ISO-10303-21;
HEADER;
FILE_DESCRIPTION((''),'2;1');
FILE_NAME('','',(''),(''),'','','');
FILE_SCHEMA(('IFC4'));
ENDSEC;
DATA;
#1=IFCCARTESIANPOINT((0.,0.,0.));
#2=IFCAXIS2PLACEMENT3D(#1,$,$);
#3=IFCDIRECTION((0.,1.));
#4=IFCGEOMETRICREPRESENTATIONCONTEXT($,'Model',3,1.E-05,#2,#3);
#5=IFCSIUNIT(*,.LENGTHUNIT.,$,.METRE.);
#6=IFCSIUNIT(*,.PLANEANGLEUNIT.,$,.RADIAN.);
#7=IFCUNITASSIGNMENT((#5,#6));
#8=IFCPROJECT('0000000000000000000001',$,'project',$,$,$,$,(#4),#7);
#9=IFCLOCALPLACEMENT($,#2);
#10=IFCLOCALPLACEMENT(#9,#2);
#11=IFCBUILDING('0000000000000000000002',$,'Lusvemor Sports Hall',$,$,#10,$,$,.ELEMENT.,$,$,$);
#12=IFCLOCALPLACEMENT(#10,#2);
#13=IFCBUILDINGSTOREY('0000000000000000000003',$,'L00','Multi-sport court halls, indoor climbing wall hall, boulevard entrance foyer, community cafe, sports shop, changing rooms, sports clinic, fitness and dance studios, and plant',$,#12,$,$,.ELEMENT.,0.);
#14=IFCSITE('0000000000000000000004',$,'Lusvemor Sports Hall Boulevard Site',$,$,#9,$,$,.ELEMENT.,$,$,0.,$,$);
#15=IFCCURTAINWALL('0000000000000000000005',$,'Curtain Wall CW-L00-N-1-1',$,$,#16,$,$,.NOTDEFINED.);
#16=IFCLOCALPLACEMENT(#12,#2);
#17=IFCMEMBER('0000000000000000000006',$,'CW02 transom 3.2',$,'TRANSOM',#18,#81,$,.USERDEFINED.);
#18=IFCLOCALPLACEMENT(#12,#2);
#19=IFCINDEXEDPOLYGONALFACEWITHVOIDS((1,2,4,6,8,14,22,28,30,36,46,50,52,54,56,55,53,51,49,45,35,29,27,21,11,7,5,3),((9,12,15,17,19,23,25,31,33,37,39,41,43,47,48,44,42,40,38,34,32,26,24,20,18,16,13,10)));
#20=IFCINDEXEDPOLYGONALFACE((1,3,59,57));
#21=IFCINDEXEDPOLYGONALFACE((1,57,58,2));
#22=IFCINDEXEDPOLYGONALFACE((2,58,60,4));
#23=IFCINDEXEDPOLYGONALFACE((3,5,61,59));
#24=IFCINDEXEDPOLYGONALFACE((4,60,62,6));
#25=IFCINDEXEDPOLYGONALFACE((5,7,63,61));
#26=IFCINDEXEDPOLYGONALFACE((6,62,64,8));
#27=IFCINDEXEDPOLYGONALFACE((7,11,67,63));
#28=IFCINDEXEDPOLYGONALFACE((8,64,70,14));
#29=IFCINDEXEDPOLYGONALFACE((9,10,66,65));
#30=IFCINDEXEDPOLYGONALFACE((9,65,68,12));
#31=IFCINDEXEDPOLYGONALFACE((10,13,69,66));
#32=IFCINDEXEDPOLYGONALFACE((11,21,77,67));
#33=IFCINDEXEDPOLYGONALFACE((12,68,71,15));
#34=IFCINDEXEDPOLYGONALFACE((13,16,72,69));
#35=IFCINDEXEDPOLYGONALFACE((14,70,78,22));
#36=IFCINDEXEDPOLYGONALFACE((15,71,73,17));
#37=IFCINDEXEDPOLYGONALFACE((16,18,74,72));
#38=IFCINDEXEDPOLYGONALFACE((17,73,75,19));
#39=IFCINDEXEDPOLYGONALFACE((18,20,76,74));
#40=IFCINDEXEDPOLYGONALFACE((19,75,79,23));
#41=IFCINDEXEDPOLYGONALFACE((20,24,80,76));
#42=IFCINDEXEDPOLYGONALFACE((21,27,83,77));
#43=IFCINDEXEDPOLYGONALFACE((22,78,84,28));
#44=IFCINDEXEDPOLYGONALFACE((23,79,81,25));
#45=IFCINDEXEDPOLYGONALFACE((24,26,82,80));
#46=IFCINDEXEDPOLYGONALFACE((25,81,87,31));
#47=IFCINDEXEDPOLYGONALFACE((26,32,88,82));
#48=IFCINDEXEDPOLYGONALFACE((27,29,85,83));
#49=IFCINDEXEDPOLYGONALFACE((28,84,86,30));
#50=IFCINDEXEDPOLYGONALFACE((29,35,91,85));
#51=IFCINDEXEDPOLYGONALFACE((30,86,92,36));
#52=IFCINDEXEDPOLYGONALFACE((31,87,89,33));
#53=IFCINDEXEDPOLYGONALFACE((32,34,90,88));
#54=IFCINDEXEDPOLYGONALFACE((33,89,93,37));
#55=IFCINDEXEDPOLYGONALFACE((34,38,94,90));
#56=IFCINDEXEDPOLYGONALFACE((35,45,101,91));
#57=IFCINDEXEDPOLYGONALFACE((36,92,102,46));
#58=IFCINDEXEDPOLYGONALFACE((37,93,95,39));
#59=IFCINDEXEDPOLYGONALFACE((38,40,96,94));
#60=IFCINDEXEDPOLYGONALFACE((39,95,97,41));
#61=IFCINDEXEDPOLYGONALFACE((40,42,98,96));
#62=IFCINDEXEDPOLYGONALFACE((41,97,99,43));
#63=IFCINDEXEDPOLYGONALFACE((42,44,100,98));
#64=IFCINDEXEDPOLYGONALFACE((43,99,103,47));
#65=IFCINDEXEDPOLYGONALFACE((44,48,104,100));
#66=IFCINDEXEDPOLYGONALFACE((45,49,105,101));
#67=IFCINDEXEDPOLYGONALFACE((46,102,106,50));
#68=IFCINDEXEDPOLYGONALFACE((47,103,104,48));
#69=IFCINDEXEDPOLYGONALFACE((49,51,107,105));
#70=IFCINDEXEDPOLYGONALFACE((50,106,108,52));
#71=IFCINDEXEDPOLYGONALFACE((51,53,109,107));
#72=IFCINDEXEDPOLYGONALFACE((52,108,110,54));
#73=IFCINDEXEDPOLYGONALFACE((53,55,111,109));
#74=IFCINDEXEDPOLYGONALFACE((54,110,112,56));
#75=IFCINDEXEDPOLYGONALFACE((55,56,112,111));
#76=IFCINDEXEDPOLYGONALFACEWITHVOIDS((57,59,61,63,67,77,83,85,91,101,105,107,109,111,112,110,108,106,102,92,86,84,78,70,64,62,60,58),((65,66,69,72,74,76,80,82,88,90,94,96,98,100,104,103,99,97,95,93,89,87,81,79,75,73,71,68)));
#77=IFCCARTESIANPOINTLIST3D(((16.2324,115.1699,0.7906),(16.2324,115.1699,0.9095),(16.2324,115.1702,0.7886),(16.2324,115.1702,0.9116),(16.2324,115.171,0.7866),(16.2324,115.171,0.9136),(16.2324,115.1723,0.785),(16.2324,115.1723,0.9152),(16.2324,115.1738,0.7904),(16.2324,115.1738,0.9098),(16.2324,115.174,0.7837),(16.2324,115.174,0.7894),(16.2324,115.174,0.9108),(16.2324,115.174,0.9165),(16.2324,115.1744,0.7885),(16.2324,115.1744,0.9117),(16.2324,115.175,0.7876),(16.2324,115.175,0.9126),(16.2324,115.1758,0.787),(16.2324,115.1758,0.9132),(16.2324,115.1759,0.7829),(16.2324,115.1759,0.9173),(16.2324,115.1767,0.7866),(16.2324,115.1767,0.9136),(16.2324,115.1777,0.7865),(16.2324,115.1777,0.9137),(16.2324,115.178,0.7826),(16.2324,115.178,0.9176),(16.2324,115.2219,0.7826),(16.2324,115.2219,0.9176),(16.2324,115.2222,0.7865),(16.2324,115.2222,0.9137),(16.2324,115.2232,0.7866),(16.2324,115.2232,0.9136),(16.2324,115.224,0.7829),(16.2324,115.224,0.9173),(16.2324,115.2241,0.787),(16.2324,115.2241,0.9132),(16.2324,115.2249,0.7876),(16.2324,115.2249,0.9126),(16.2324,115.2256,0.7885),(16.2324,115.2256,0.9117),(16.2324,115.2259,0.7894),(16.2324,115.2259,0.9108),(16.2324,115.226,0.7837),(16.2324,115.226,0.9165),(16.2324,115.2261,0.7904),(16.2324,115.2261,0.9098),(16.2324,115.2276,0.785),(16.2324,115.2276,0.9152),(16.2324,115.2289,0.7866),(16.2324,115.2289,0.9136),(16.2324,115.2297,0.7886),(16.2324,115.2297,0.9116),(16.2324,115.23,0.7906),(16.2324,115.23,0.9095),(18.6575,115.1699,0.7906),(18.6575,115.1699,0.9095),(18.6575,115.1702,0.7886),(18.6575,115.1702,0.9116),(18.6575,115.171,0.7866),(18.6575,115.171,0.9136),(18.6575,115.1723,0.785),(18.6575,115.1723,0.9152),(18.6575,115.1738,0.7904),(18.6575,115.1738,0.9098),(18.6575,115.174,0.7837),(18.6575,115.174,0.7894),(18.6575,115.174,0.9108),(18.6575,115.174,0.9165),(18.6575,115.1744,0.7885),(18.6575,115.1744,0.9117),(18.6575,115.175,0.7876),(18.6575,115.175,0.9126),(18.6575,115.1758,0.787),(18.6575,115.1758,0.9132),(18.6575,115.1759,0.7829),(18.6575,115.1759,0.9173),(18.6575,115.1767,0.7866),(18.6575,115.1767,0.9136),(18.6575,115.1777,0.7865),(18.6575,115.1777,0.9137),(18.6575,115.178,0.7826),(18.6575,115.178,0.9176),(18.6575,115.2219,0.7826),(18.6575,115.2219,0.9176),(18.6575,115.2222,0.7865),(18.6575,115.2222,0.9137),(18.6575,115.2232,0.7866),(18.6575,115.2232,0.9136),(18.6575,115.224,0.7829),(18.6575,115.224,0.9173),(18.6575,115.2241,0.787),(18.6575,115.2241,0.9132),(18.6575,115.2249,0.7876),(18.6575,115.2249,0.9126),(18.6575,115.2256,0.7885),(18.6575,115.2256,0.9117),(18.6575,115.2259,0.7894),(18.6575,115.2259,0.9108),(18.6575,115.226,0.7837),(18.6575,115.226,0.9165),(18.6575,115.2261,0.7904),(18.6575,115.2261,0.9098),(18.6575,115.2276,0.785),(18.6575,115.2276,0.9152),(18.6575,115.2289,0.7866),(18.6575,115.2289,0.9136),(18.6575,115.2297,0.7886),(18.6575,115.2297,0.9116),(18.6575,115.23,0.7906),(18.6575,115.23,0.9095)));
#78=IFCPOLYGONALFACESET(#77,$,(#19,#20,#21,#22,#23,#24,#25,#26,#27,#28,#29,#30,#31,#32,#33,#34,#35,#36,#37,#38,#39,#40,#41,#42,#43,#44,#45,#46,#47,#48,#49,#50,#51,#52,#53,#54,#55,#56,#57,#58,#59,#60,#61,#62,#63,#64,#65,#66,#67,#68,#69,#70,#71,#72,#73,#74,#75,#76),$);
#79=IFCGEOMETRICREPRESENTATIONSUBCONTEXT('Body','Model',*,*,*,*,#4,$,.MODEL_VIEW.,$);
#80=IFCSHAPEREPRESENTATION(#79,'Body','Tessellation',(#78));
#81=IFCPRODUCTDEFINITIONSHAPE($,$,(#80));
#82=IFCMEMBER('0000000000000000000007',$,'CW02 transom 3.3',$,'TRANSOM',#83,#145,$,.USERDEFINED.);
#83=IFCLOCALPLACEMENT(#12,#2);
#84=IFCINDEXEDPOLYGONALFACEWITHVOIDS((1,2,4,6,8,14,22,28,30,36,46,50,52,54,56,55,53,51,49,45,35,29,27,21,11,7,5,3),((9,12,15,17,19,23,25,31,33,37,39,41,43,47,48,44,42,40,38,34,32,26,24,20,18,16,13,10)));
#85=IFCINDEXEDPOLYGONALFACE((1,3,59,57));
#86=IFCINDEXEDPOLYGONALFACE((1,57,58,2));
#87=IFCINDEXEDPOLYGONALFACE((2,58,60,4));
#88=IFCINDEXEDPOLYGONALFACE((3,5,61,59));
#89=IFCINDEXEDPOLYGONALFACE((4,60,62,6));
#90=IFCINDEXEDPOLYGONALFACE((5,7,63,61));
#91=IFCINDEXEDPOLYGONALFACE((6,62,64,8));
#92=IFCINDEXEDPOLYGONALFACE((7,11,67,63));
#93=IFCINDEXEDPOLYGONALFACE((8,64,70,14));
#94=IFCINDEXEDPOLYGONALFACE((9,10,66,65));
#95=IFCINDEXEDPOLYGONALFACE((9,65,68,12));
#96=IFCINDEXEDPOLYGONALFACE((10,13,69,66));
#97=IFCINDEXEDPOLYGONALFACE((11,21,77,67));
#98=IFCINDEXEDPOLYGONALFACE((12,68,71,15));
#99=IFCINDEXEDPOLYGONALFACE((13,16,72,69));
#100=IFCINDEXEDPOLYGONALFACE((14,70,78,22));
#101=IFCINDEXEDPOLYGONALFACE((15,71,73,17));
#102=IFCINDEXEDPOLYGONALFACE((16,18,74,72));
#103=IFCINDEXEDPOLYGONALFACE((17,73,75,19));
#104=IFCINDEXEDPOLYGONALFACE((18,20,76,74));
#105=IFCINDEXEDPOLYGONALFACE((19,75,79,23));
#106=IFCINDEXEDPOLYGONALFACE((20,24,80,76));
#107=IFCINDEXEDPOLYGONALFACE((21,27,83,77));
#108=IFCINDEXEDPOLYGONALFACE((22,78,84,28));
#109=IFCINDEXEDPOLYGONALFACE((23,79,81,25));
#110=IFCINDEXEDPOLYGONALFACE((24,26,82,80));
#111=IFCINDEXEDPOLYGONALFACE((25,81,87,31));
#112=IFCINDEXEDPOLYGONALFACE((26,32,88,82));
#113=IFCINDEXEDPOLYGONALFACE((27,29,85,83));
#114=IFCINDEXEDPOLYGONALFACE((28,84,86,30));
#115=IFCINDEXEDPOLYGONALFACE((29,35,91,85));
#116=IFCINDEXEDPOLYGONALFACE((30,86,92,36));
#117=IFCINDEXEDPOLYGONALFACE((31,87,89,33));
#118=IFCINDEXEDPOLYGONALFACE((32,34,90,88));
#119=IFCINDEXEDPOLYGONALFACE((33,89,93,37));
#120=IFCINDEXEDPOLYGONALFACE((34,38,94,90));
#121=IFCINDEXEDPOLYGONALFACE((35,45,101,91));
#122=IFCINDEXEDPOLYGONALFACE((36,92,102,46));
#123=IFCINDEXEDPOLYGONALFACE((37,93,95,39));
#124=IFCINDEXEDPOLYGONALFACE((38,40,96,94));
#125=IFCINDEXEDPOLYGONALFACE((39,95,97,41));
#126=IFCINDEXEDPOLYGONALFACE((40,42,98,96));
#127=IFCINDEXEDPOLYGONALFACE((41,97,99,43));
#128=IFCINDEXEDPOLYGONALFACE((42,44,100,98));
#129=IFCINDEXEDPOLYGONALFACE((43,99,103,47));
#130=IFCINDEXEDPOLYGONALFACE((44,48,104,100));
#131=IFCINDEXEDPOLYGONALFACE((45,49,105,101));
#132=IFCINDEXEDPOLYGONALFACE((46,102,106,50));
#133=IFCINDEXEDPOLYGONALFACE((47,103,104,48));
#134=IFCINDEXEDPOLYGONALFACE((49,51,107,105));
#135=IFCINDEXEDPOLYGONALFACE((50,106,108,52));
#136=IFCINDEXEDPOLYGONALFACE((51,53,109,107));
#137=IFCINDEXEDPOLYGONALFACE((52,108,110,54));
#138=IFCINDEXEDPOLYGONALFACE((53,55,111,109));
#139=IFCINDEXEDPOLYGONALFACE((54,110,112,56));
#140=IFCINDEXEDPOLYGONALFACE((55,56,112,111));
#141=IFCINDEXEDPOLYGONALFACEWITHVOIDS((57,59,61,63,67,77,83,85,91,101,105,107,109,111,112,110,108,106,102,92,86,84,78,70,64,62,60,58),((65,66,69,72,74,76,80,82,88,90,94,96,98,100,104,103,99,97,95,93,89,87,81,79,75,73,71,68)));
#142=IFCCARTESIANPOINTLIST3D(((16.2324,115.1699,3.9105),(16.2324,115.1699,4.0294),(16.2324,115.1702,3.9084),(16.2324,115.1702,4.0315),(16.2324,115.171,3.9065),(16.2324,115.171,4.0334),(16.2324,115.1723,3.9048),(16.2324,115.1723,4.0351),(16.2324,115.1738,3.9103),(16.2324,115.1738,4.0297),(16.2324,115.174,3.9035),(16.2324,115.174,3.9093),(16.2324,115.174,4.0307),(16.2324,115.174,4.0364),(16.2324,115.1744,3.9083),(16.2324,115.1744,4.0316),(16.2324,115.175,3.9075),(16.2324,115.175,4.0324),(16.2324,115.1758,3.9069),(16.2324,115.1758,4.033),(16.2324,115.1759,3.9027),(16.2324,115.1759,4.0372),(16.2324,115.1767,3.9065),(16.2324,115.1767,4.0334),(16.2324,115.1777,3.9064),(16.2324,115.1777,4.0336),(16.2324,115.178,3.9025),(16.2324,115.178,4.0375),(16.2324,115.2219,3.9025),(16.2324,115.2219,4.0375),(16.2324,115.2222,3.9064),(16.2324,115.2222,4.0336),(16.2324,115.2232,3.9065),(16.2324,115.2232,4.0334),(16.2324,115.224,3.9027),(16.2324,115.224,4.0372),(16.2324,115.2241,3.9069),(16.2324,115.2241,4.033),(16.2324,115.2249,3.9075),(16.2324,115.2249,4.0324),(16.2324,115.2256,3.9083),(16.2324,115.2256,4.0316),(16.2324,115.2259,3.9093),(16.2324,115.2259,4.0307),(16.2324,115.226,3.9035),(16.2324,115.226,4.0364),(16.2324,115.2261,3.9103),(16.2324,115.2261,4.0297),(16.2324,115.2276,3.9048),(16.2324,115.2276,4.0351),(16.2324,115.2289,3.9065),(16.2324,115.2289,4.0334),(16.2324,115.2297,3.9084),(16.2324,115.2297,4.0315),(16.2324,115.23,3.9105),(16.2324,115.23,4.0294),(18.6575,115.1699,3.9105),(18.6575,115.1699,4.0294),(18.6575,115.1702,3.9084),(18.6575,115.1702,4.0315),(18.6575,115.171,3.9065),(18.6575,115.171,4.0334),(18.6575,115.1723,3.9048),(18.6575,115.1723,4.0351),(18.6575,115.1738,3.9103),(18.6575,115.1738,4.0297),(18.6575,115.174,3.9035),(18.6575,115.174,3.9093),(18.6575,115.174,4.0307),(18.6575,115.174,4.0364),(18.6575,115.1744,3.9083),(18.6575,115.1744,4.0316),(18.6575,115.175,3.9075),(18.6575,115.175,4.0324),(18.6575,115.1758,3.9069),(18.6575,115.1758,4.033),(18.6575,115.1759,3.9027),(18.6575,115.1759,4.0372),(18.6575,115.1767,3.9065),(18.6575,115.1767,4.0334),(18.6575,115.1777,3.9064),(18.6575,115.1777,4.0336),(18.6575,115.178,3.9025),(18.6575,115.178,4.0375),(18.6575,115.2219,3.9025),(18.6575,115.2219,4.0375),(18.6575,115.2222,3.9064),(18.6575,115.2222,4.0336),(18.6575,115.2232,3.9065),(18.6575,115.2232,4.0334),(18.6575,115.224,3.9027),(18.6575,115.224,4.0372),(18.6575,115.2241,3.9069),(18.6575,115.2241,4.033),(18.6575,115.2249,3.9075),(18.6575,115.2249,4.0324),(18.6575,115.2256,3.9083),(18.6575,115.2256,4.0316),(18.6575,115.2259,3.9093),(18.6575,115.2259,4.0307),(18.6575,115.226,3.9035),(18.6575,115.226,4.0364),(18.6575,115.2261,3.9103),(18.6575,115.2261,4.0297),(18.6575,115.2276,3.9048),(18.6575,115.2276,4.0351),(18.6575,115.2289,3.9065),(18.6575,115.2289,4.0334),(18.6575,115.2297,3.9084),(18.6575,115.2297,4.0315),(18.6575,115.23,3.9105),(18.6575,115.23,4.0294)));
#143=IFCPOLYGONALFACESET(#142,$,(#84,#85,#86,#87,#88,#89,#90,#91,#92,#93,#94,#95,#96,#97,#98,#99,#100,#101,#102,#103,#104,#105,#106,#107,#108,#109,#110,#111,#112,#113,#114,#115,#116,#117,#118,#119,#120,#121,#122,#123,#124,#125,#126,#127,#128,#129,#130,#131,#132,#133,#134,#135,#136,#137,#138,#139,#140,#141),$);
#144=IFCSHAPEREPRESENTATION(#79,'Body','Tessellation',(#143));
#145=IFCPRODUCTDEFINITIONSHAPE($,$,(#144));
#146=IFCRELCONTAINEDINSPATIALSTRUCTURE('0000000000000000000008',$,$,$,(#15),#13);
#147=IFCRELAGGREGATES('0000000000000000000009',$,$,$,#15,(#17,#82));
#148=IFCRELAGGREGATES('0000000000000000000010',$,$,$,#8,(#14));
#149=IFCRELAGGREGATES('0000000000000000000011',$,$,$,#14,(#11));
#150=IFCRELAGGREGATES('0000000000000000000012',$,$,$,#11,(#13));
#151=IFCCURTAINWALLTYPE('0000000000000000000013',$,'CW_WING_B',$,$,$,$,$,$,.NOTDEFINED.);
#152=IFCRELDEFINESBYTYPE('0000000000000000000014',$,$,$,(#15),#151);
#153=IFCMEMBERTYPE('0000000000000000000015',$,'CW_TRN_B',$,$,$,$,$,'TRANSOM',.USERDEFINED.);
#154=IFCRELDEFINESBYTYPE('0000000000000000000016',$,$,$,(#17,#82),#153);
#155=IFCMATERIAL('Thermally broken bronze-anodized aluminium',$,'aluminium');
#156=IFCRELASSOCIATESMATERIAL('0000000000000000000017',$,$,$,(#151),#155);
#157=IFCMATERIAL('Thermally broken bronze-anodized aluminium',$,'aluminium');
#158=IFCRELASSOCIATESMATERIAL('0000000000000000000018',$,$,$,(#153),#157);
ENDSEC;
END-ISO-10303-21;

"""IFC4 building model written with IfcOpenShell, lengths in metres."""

from ifc_helpers import new_model, si_unit, direction, frame, origin, origin_2d, place, context, subcontext, project, spatial, hollow_rectangle, extrude, material, material_profile, profile_set, type_object, element, aggregate, save


model = new_model("IFC4")

# Units and contexts
model_context = context("Model", 3, precision=1e-05, world=origin(), true_north=direction((0.0, 1.0)))
body_context = subcontext(model_context, "Body", "Model", "MODEL_VIEW")
ifc_project = project(units=[si_unit("LENGTHUNIT", "METRE"), si_unit("PLANEANGLEUNIT", "RADIAN")], contexts=[model_context])

# Site, building, storey
site_placement = place(None, origin())
site = spatial("IfcSite", under=ifc_project, at=site_placement, Name="Lusvemor Sports Hall Boulevard Site", CompositionType="ELEMENT", RefElevation=0.0)
building_placement = place(site_placement, origin())
building = spatial("IfcBuilding", under=site, at=building_placement, Name="Lusvemor Sports Hall", CompositionType="ELEMENT")
storey_placement = place(building_placement, origin())
storey = spatial("IfcBuildingStorey", under=building, at=storey_placement, Name="L00", Description="Multi-sport court halls, indoor climbing wall hall, boulevard entrance foyer, community cafe, sports shop, changing rooms, sports clinic, fitness and dance studios, and plant", CompositionType="ELEMENT", Elevation=0.0)

# Curtain wall, members
ifc_material_1 = material(Name="Thermally broken bronze-anodized aluminium", Category="aluminium")
curtain_wall_type = type_object("IfcCurtainWallType", Name="CW_WING_B", PredefinedType="NOTDEFINED", material=ifc_material_1)
curtain_wall_placement = place(storey_placement, origin())
curtain_wall = element("IfcCurtainWall", 1, at=curtain_wall_placement, inside=storey, type_object=curtain_wall_type, Name="Curtain Wall CW-L00-N-1-1", PredefinedType="NOTDEFINED")
ifc_material_2 = material(Name="Thermally broken bronze-anodized aluminium", Category="aluminium")
ifc_material_profile_1 = material_profile(ifc_material_2, hollow_rectangle(XDim=0.0601, YDim=0.135, WallThickness=0.0039, InnerFilletRadius=0.0039, OuterFilletRadius=0.0081, at=origin_2d()), Name="CWTRN135x60x4")
ifc_profile_set_1 = profile_set([ifc_material_profile_1], Name="Thermally broken bronze-anodized aluminium")
member_type_1 = type_object("IfcMemberType", Name="CW_TRN_B", ElementType="TRANSOM", PredefinedType="USERDEFINED", material=ifc_profile_set_1)
member_1_placement = place(storey_placement, frame((16.2324, 115.2, 0.8501), z_axis=(1.0, 0.0, 0.0), x_axis=(0.0, 1.0, 0.0)))
member_1 = element("IfcMember", 2, at=member_1_placement, type_object=member_type_1, Name="CW02 transom 3.2", ObjectType="TRANSOM", PredefinedType="USERDEFINED", context=body_context, shape_type="SweptSolid", body=[
    extrude(hollow_rectangle(XDim=0.0601, YDim=0.135, WallThickness=0.0039, InnerFilletRadius=0.0039, OuterFilletRadius=0.0081, at=origin_2d()), origin(), (0.0, 0.0, 1.0), 2.425),
])
member_2_placement = place(storey_placement, frame((16.2324, 115.2, 3.97), z_axis=(1.0, 0.0, 0.0), x_axis=(0.0, 1.0, 0.0)))
member_2 = element("IfcMember", 3, at=member_2_placement, type_object=member_type_1, Name="CW02 transom 3.3", ObjectType="TRANSOM", PredefinedType="USERDEFINED", context=body_context, shape_type="SweptSolid", body=[
    extrude(hollow_rectangle(XDim=0.0601, YDim=0.135, WallThickness=0.0039, InnerFilletRadius=0.0039, OuterFilletRadius=0.0081, at=origin_2d()), origin(), (0.0, 0.0, 1.0), 2.425),
])
aggregate(curtain_wall, [member_1, member_2])

save(model, "model.ifc")
